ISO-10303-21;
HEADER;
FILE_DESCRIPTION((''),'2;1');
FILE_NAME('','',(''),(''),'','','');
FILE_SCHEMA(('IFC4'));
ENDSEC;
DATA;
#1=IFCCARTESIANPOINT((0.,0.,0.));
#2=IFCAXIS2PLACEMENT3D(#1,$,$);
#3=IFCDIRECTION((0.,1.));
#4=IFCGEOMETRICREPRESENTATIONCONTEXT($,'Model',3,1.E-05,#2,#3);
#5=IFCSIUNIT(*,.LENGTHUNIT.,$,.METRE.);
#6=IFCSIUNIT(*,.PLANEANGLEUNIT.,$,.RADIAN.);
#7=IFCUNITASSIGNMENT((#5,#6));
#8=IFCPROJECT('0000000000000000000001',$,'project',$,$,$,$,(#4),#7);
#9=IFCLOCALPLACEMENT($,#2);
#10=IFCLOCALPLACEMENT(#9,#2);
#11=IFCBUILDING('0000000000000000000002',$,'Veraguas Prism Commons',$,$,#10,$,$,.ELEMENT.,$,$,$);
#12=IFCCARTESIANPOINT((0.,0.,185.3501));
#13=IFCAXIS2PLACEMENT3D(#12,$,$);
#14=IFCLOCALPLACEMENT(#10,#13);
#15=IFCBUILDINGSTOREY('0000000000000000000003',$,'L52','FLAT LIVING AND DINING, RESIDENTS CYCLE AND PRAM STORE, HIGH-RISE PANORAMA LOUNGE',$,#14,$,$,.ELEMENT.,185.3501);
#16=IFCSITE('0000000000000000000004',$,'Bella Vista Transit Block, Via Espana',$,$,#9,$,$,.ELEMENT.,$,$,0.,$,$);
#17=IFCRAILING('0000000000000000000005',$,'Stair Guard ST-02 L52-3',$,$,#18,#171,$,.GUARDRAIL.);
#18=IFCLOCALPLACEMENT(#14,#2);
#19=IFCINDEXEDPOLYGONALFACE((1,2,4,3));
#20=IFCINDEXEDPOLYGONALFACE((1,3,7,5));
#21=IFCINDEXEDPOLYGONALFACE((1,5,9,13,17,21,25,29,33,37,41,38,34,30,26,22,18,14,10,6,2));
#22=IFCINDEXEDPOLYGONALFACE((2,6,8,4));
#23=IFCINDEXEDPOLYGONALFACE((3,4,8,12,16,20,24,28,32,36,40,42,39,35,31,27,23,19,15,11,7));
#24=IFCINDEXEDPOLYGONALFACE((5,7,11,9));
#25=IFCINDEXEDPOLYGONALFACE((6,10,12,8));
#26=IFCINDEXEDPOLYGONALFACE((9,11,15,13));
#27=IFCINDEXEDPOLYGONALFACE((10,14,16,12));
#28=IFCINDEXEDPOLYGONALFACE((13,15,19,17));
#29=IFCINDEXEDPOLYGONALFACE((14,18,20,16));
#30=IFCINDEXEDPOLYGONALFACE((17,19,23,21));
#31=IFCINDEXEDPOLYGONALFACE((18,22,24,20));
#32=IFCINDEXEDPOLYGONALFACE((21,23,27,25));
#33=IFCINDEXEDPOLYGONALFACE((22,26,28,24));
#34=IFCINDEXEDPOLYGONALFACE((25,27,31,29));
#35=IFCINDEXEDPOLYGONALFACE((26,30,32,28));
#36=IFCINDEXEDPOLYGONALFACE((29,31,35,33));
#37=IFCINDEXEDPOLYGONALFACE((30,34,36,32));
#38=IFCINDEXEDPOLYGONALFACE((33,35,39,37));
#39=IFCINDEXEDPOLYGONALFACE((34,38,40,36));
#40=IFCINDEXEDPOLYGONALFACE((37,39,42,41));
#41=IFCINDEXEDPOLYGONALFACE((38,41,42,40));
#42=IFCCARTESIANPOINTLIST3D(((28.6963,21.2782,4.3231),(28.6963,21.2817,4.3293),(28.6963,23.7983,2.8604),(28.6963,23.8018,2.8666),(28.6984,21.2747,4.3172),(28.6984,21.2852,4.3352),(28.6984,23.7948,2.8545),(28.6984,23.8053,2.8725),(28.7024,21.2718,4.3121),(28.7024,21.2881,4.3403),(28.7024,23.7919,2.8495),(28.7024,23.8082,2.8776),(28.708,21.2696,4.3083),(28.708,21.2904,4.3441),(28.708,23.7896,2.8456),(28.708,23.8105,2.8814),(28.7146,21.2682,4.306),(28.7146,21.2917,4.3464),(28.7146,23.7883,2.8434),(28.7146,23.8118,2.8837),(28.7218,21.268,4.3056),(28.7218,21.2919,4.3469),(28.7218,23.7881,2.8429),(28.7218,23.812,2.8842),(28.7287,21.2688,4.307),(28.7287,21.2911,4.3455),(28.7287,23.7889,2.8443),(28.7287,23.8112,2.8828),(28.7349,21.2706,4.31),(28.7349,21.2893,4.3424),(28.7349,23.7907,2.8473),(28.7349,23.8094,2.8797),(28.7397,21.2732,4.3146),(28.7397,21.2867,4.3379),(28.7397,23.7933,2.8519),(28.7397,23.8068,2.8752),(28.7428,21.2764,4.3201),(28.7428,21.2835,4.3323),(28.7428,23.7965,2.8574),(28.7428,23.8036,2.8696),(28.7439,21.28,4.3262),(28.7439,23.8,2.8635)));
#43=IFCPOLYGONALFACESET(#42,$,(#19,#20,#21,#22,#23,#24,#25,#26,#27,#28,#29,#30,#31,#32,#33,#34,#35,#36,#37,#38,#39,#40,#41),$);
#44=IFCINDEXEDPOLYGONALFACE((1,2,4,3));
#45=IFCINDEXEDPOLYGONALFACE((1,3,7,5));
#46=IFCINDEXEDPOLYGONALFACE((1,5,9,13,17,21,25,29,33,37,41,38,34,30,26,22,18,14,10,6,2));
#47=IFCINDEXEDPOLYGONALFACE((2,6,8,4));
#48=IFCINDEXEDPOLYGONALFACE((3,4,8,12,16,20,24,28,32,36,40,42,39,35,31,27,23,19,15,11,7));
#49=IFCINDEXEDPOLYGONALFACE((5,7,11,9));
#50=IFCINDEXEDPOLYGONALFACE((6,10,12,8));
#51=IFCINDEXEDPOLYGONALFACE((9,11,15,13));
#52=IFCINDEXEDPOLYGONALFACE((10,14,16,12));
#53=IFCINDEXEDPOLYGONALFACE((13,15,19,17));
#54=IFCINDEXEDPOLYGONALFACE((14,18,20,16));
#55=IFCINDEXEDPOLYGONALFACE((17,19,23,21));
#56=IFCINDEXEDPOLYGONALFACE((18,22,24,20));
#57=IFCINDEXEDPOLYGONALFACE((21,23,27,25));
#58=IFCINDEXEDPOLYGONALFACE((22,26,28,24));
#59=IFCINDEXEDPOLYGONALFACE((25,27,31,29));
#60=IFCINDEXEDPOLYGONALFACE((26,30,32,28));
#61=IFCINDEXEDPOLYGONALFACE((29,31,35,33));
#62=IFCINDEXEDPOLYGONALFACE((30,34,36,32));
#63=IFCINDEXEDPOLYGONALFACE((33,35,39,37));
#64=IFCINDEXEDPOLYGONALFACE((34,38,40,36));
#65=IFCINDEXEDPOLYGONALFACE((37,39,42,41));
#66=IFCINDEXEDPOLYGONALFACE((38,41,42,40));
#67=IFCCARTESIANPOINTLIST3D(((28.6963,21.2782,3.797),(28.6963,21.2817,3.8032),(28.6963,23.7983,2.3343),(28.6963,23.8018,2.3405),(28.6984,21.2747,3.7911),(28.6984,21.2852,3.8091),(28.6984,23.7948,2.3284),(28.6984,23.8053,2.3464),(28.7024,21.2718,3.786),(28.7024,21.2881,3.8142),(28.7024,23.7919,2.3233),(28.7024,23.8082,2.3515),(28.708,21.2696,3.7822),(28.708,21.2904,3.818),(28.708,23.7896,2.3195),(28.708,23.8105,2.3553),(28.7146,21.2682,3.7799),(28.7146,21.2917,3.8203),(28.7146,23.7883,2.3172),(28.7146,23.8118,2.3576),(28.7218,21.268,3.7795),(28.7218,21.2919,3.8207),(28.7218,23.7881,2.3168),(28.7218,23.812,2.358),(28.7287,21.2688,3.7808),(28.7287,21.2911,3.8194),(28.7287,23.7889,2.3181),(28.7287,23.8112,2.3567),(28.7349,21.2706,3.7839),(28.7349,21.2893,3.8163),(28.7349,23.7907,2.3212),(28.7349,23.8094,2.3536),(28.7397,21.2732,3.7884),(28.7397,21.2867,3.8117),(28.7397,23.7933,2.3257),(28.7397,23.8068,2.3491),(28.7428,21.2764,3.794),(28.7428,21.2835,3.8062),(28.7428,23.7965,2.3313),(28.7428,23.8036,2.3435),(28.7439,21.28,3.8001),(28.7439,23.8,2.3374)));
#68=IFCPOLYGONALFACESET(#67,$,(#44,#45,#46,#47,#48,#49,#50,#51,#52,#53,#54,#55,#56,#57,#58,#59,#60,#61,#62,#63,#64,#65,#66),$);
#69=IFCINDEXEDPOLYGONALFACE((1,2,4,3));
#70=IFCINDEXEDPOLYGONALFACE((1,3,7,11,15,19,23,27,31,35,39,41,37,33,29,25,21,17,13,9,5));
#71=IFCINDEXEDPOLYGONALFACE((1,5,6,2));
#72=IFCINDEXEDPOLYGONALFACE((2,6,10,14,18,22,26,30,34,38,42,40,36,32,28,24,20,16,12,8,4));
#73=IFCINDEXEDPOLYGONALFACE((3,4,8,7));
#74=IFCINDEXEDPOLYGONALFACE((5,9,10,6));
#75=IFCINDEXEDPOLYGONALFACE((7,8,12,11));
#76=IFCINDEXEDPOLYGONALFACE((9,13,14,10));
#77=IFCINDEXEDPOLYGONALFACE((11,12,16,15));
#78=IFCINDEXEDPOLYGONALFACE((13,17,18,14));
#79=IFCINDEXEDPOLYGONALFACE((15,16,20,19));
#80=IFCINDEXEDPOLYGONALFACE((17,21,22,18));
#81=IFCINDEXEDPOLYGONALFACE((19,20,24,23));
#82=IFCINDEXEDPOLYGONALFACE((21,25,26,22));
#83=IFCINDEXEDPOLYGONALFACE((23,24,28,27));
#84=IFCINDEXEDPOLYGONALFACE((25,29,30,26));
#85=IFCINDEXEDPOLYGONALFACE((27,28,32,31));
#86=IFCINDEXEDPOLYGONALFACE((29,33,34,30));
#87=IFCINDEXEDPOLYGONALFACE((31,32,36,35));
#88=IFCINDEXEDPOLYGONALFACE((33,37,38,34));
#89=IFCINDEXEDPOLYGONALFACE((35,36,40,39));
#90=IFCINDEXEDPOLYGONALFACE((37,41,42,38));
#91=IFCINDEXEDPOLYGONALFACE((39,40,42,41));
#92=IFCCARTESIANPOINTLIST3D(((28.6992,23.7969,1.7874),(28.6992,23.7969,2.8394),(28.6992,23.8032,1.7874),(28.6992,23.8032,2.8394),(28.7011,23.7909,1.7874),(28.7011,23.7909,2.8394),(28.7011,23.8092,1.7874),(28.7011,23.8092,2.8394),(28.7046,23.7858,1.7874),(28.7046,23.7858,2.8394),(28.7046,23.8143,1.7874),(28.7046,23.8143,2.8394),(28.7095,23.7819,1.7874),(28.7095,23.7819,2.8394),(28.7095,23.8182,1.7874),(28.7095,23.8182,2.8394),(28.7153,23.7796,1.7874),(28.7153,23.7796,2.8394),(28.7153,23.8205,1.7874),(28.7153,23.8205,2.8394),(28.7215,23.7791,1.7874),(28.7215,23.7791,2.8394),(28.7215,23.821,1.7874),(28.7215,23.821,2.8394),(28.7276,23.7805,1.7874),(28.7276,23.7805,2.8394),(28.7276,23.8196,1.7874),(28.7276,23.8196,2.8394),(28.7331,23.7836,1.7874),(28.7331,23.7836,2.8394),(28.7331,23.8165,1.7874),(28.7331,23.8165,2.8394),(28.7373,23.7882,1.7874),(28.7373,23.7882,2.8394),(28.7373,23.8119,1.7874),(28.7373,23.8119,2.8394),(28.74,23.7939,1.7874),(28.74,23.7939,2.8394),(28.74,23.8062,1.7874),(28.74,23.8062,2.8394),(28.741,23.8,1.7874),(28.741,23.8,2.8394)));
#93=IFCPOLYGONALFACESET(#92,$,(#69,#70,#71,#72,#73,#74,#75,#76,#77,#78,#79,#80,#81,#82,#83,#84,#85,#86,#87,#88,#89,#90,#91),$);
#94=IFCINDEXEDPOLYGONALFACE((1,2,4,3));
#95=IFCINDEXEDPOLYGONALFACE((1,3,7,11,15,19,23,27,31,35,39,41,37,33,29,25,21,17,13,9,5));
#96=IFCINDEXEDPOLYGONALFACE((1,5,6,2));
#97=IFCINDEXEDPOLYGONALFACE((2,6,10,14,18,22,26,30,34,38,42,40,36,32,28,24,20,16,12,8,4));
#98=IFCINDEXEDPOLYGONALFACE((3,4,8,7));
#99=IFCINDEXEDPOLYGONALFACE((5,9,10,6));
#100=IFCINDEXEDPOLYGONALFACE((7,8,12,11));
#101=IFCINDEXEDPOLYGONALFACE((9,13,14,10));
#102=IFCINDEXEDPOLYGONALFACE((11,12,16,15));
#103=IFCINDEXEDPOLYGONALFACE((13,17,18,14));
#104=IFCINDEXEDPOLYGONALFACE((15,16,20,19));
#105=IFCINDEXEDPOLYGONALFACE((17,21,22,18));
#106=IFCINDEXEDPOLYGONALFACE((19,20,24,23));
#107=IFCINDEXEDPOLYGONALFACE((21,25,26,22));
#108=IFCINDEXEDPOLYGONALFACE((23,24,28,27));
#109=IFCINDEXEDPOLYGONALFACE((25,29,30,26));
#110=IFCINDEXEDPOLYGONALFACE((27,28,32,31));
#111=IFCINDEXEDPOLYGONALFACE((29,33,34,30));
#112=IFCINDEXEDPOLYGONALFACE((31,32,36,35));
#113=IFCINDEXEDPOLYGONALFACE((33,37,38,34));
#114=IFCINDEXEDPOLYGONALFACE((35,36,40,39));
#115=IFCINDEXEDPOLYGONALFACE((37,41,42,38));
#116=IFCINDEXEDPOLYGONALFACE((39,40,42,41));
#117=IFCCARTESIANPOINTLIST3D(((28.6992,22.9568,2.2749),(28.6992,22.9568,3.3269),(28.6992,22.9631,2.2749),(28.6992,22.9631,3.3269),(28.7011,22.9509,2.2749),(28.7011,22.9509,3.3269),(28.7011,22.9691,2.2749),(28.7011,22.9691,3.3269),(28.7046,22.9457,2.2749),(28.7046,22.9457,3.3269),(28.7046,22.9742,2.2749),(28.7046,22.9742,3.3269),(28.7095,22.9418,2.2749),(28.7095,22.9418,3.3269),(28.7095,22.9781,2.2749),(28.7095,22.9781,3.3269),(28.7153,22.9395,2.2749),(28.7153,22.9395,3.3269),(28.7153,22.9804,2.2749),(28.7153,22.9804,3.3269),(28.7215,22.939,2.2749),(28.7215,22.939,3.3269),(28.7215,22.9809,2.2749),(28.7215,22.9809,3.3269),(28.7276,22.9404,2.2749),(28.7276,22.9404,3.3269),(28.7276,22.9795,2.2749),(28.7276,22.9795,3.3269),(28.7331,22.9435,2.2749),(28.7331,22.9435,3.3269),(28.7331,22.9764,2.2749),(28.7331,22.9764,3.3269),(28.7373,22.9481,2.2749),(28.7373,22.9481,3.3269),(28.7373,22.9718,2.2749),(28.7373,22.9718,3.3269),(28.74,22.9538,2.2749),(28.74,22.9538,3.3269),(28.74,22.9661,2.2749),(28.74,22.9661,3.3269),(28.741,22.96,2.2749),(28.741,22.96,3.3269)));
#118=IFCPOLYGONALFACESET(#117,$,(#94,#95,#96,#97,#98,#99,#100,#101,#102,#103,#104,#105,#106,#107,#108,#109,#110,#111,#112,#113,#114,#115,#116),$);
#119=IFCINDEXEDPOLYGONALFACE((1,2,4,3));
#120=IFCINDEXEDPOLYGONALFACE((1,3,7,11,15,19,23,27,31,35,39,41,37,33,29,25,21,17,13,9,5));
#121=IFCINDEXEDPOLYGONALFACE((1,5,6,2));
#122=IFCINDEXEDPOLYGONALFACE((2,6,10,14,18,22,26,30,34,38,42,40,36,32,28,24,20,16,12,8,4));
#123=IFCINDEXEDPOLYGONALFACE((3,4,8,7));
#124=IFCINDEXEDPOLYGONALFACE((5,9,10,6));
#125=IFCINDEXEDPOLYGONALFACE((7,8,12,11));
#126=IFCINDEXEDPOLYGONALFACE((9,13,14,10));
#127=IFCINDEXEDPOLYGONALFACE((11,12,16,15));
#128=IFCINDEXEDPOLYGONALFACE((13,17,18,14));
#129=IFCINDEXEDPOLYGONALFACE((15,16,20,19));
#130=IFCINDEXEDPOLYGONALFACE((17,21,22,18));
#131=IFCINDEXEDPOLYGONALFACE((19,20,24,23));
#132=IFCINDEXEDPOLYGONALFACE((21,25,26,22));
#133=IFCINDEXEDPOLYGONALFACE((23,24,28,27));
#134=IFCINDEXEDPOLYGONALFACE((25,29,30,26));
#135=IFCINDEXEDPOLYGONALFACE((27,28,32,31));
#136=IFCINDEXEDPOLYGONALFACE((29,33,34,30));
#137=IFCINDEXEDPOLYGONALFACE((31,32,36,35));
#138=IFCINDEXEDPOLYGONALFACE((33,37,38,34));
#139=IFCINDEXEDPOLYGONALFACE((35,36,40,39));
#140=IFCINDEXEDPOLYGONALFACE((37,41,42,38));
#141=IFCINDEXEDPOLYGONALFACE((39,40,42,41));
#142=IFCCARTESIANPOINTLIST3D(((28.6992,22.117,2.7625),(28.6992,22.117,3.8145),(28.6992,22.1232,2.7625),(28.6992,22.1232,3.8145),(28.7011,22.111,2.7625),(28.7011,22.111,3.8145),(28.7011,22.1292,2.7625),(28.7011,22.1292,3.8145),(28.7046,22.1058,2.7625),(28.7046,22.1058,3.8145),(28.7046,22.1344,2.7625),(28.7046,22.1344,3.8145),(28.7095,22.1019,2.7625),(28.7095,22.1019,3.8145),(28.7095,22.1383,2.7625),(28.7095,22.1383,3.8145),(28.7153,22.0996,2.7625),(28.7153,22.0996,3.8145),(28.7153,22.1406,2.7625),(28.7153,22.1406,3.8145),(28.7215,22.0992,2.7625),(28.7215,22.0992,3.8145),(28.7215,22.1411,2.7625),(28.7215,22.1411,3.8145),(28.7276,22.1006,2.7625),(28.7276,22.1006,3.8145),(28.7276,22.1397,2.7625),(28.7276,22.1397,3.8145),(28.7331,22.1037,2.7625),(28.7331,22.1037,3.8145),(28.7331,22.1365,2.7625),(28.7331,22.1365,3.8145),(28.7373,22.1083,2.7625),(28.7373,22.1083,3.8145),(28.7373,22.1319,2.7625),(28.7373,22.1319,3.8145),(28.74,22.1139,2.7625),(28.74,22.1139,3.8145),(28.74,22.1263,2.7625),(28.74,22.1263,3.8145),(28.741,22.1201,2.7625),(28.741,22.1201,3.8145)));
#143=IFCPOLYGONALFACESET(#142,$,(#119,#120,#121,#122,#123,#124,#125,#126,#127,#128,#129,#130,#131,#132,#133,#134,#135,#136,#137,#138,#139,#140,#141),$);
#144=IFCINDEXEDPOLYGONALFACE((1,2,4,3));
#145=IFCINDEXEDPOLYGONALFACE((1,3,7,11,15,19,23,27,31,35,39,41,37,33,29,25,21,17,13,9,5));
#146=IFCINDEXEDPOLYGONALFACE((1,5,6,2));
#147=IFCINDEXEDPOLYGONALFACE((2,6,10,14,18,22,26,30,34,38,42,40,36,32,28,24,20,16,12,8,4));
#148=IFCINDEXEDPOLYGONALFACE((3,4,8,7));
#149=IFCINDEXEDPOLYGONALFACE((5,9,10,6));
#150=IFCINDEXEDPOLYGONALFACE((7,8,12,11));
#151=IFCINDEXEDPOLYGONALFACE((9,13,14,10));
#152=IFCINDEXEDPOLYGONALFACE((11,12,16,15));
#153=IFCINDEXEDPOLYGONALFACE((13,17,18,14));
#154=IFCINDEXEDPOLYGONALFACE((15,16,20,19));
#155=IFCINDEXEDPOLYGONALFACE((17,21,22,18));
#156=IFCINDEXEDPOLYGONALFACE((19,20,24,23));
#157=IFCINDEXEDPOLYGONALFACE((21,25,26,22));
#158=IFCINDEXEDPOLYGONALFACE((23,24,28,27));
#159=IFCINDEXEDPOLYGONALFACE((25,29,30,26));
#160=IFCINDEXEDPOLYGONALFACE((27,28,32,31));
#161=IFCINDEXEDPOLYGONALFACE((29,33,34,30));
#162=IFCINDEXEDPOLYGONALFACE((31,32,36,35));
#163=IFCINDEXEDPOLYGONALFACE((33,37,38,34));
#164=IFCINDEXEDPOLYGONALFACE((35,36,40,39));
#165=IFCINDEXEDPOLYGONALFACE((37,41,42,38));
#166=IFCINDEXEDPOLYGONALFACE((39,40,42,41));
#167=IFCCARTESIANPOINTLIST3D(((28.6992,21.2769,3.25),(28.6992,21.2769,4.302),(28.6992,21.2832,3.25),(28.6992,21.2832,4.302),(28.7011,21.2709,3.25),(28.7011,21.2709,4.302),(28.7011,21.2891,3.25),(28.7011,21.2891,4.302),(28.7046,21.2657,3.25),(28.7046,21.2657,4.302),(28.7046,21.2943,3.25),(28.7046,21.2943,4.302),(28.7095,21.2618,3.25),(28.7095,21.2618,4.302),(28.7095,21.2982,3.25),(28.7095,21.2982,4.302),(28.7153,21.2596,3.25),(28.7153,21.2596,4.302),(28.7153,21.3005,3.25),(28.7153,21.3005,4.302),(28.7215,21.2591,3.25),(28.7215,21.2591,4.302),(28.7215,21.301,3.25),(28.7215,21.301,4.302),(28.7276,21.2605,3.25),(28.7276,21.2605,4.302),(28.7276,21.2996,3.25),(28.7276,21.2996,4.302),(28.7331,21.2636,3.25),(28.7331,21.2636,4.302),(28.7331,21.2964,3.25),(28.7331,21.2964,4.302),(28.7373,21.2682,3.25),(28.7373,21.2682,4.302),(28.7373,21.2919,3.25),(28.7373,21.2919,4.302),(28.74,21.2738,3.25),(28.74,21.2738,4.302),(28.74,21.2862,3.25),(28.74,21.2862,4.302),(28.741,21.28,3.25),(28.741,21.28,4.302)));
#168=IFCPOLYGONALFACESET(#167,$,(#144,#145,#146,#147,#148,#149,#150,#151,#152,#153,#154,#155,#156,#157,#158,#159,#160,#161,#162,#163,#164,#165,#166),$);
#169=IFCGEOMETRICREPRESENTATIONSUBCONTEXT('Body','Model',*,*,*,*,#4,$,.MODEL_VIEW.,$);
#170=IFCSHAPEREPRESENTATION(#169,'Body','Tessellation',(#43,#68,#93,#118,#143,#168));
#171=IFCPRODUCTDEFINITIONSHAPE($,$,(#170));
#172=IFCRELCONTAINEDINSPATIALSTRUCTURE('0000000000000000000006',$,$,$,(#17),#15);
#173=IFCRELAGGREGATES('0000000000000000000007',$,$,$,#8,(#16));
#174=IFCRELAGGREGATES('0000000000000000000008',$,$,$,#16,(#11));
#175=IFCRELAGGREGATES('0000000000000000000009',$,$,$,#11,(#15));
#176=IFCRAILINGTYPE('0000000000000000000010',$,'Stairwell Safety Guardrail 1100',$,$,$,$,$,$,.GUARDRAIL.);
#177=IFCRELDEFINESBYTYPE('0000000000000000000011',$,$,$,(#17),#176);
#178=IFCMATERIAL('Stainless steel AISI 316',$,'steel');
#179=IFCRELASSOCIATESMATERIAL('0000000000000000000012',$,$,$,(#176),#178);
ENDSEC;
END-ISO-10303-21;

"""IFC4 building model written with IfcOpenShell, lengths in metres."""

from ifc_helpers import new_model, si_unit, direction, frame, origin, origin_2d, place, context, subcontext, project, spatial, circle, extrude, material, type_object, element, save


model = new_model("IFC4")

# Units and contexts
model_context = context("Model", 3, precision=1e-05, world=origin(), true_north=direction((0.0, 1.0)))
body_context = subcontext(model_context, "Body", "Model", "MODEL_VIEW")
ifc_project = project(units=[si_unit("LENGTHUNIT", "METRE"), si_unit("PLANEANGLEUNIT", "RADIAN")], contexts=[model_context])

# Site, building, storey
site_placement = place(None, origin())
site = spatial("IfcSite", under=ifc_project, at=site_placement, Name="Bella Vista Transit Block, Via Espana", CompositionType="ELEMENT", RefElevation=0.0)
building_placement = place(site_placement, origin())
building = spatial("IfcBuilding", under=site, at=building_placement, Name="Veraguas Prism Commons", CompositionType="ELEMENT")
storey_placement = place(building_placement, frame((0.0, 0.0, 185.3501)))
storey = spatial("IfcBuildingStorey", under=building, at=storey_placement, Name="L52", Description="FLAT LIVING AND DINING, RESIDENTS CYCLE AND PRAM STORE, HIGH-RISE PANORAMA LOUNGE", CompositionType="ELEMENT", Elevation=185.3501)

# Railing
ifc_material_1 = material(Name="Stainless steel AISI 316", Category="steel")
railing_type_1 = type_object("IfcRailingType", Name="Stairwell Safety Guardrail 1100", PredefinedType="GUARDRAIL", material=ifc_material_1)
railing_1_placement = place(storey_placement, frame((28.72, 23.8, 1.7874)))
element("IfcRailing", 1, at=railing_1_placement, inside=storey, type_object=railing_type_1, Name="Stair Guard ST-02 L52-3", PredefinedType="GUARDRAIL", context=body_context, shape_type="SweptSolid", body=[
    extrude(circle(Radius=0.0239, at=origin_2d()), frame((0.0, 0.0, 1.0762), z_axis=(0.0, -0.864877, 0.501984), x_axis=(1.0, 0.0, 0.0)), (0.0, 0.0, 1.0), 2.9138),
    extrude(circle(Radius=0.0239, at=origin_2d()), frame((0.0, 0.0, 0.55), z_axis=(0.0, -0.864877, 0.501984), x_axis=(1.0, 0.0, 0.0)), (0.0, 0.0, 1.0), 2.9138),
    extrude(circle(Radius=0.021, at=origin_2d()), origin(), (0.0, 0.0, 1.0), 1.052),
    extrude(circle(Radius=0.021, at=origin_2d()), frame((0.0, -0.8401, 0.4875)), (0.0, 0.0, 1.0), 1.052),
    extrude(circle(Radius=0.021, at=origin_2d()), frame((0.0, -1.6799, 0.9751)), (0.0, 0.0, 1.0), 1.052),
    extrude(circle(Radius=0.021, at=origin_2d()), frame((0.0, -2.52, 1.4626)), (0.0, 0.0, 1.0), 1.052),
])

save(model, "model.ifc")
